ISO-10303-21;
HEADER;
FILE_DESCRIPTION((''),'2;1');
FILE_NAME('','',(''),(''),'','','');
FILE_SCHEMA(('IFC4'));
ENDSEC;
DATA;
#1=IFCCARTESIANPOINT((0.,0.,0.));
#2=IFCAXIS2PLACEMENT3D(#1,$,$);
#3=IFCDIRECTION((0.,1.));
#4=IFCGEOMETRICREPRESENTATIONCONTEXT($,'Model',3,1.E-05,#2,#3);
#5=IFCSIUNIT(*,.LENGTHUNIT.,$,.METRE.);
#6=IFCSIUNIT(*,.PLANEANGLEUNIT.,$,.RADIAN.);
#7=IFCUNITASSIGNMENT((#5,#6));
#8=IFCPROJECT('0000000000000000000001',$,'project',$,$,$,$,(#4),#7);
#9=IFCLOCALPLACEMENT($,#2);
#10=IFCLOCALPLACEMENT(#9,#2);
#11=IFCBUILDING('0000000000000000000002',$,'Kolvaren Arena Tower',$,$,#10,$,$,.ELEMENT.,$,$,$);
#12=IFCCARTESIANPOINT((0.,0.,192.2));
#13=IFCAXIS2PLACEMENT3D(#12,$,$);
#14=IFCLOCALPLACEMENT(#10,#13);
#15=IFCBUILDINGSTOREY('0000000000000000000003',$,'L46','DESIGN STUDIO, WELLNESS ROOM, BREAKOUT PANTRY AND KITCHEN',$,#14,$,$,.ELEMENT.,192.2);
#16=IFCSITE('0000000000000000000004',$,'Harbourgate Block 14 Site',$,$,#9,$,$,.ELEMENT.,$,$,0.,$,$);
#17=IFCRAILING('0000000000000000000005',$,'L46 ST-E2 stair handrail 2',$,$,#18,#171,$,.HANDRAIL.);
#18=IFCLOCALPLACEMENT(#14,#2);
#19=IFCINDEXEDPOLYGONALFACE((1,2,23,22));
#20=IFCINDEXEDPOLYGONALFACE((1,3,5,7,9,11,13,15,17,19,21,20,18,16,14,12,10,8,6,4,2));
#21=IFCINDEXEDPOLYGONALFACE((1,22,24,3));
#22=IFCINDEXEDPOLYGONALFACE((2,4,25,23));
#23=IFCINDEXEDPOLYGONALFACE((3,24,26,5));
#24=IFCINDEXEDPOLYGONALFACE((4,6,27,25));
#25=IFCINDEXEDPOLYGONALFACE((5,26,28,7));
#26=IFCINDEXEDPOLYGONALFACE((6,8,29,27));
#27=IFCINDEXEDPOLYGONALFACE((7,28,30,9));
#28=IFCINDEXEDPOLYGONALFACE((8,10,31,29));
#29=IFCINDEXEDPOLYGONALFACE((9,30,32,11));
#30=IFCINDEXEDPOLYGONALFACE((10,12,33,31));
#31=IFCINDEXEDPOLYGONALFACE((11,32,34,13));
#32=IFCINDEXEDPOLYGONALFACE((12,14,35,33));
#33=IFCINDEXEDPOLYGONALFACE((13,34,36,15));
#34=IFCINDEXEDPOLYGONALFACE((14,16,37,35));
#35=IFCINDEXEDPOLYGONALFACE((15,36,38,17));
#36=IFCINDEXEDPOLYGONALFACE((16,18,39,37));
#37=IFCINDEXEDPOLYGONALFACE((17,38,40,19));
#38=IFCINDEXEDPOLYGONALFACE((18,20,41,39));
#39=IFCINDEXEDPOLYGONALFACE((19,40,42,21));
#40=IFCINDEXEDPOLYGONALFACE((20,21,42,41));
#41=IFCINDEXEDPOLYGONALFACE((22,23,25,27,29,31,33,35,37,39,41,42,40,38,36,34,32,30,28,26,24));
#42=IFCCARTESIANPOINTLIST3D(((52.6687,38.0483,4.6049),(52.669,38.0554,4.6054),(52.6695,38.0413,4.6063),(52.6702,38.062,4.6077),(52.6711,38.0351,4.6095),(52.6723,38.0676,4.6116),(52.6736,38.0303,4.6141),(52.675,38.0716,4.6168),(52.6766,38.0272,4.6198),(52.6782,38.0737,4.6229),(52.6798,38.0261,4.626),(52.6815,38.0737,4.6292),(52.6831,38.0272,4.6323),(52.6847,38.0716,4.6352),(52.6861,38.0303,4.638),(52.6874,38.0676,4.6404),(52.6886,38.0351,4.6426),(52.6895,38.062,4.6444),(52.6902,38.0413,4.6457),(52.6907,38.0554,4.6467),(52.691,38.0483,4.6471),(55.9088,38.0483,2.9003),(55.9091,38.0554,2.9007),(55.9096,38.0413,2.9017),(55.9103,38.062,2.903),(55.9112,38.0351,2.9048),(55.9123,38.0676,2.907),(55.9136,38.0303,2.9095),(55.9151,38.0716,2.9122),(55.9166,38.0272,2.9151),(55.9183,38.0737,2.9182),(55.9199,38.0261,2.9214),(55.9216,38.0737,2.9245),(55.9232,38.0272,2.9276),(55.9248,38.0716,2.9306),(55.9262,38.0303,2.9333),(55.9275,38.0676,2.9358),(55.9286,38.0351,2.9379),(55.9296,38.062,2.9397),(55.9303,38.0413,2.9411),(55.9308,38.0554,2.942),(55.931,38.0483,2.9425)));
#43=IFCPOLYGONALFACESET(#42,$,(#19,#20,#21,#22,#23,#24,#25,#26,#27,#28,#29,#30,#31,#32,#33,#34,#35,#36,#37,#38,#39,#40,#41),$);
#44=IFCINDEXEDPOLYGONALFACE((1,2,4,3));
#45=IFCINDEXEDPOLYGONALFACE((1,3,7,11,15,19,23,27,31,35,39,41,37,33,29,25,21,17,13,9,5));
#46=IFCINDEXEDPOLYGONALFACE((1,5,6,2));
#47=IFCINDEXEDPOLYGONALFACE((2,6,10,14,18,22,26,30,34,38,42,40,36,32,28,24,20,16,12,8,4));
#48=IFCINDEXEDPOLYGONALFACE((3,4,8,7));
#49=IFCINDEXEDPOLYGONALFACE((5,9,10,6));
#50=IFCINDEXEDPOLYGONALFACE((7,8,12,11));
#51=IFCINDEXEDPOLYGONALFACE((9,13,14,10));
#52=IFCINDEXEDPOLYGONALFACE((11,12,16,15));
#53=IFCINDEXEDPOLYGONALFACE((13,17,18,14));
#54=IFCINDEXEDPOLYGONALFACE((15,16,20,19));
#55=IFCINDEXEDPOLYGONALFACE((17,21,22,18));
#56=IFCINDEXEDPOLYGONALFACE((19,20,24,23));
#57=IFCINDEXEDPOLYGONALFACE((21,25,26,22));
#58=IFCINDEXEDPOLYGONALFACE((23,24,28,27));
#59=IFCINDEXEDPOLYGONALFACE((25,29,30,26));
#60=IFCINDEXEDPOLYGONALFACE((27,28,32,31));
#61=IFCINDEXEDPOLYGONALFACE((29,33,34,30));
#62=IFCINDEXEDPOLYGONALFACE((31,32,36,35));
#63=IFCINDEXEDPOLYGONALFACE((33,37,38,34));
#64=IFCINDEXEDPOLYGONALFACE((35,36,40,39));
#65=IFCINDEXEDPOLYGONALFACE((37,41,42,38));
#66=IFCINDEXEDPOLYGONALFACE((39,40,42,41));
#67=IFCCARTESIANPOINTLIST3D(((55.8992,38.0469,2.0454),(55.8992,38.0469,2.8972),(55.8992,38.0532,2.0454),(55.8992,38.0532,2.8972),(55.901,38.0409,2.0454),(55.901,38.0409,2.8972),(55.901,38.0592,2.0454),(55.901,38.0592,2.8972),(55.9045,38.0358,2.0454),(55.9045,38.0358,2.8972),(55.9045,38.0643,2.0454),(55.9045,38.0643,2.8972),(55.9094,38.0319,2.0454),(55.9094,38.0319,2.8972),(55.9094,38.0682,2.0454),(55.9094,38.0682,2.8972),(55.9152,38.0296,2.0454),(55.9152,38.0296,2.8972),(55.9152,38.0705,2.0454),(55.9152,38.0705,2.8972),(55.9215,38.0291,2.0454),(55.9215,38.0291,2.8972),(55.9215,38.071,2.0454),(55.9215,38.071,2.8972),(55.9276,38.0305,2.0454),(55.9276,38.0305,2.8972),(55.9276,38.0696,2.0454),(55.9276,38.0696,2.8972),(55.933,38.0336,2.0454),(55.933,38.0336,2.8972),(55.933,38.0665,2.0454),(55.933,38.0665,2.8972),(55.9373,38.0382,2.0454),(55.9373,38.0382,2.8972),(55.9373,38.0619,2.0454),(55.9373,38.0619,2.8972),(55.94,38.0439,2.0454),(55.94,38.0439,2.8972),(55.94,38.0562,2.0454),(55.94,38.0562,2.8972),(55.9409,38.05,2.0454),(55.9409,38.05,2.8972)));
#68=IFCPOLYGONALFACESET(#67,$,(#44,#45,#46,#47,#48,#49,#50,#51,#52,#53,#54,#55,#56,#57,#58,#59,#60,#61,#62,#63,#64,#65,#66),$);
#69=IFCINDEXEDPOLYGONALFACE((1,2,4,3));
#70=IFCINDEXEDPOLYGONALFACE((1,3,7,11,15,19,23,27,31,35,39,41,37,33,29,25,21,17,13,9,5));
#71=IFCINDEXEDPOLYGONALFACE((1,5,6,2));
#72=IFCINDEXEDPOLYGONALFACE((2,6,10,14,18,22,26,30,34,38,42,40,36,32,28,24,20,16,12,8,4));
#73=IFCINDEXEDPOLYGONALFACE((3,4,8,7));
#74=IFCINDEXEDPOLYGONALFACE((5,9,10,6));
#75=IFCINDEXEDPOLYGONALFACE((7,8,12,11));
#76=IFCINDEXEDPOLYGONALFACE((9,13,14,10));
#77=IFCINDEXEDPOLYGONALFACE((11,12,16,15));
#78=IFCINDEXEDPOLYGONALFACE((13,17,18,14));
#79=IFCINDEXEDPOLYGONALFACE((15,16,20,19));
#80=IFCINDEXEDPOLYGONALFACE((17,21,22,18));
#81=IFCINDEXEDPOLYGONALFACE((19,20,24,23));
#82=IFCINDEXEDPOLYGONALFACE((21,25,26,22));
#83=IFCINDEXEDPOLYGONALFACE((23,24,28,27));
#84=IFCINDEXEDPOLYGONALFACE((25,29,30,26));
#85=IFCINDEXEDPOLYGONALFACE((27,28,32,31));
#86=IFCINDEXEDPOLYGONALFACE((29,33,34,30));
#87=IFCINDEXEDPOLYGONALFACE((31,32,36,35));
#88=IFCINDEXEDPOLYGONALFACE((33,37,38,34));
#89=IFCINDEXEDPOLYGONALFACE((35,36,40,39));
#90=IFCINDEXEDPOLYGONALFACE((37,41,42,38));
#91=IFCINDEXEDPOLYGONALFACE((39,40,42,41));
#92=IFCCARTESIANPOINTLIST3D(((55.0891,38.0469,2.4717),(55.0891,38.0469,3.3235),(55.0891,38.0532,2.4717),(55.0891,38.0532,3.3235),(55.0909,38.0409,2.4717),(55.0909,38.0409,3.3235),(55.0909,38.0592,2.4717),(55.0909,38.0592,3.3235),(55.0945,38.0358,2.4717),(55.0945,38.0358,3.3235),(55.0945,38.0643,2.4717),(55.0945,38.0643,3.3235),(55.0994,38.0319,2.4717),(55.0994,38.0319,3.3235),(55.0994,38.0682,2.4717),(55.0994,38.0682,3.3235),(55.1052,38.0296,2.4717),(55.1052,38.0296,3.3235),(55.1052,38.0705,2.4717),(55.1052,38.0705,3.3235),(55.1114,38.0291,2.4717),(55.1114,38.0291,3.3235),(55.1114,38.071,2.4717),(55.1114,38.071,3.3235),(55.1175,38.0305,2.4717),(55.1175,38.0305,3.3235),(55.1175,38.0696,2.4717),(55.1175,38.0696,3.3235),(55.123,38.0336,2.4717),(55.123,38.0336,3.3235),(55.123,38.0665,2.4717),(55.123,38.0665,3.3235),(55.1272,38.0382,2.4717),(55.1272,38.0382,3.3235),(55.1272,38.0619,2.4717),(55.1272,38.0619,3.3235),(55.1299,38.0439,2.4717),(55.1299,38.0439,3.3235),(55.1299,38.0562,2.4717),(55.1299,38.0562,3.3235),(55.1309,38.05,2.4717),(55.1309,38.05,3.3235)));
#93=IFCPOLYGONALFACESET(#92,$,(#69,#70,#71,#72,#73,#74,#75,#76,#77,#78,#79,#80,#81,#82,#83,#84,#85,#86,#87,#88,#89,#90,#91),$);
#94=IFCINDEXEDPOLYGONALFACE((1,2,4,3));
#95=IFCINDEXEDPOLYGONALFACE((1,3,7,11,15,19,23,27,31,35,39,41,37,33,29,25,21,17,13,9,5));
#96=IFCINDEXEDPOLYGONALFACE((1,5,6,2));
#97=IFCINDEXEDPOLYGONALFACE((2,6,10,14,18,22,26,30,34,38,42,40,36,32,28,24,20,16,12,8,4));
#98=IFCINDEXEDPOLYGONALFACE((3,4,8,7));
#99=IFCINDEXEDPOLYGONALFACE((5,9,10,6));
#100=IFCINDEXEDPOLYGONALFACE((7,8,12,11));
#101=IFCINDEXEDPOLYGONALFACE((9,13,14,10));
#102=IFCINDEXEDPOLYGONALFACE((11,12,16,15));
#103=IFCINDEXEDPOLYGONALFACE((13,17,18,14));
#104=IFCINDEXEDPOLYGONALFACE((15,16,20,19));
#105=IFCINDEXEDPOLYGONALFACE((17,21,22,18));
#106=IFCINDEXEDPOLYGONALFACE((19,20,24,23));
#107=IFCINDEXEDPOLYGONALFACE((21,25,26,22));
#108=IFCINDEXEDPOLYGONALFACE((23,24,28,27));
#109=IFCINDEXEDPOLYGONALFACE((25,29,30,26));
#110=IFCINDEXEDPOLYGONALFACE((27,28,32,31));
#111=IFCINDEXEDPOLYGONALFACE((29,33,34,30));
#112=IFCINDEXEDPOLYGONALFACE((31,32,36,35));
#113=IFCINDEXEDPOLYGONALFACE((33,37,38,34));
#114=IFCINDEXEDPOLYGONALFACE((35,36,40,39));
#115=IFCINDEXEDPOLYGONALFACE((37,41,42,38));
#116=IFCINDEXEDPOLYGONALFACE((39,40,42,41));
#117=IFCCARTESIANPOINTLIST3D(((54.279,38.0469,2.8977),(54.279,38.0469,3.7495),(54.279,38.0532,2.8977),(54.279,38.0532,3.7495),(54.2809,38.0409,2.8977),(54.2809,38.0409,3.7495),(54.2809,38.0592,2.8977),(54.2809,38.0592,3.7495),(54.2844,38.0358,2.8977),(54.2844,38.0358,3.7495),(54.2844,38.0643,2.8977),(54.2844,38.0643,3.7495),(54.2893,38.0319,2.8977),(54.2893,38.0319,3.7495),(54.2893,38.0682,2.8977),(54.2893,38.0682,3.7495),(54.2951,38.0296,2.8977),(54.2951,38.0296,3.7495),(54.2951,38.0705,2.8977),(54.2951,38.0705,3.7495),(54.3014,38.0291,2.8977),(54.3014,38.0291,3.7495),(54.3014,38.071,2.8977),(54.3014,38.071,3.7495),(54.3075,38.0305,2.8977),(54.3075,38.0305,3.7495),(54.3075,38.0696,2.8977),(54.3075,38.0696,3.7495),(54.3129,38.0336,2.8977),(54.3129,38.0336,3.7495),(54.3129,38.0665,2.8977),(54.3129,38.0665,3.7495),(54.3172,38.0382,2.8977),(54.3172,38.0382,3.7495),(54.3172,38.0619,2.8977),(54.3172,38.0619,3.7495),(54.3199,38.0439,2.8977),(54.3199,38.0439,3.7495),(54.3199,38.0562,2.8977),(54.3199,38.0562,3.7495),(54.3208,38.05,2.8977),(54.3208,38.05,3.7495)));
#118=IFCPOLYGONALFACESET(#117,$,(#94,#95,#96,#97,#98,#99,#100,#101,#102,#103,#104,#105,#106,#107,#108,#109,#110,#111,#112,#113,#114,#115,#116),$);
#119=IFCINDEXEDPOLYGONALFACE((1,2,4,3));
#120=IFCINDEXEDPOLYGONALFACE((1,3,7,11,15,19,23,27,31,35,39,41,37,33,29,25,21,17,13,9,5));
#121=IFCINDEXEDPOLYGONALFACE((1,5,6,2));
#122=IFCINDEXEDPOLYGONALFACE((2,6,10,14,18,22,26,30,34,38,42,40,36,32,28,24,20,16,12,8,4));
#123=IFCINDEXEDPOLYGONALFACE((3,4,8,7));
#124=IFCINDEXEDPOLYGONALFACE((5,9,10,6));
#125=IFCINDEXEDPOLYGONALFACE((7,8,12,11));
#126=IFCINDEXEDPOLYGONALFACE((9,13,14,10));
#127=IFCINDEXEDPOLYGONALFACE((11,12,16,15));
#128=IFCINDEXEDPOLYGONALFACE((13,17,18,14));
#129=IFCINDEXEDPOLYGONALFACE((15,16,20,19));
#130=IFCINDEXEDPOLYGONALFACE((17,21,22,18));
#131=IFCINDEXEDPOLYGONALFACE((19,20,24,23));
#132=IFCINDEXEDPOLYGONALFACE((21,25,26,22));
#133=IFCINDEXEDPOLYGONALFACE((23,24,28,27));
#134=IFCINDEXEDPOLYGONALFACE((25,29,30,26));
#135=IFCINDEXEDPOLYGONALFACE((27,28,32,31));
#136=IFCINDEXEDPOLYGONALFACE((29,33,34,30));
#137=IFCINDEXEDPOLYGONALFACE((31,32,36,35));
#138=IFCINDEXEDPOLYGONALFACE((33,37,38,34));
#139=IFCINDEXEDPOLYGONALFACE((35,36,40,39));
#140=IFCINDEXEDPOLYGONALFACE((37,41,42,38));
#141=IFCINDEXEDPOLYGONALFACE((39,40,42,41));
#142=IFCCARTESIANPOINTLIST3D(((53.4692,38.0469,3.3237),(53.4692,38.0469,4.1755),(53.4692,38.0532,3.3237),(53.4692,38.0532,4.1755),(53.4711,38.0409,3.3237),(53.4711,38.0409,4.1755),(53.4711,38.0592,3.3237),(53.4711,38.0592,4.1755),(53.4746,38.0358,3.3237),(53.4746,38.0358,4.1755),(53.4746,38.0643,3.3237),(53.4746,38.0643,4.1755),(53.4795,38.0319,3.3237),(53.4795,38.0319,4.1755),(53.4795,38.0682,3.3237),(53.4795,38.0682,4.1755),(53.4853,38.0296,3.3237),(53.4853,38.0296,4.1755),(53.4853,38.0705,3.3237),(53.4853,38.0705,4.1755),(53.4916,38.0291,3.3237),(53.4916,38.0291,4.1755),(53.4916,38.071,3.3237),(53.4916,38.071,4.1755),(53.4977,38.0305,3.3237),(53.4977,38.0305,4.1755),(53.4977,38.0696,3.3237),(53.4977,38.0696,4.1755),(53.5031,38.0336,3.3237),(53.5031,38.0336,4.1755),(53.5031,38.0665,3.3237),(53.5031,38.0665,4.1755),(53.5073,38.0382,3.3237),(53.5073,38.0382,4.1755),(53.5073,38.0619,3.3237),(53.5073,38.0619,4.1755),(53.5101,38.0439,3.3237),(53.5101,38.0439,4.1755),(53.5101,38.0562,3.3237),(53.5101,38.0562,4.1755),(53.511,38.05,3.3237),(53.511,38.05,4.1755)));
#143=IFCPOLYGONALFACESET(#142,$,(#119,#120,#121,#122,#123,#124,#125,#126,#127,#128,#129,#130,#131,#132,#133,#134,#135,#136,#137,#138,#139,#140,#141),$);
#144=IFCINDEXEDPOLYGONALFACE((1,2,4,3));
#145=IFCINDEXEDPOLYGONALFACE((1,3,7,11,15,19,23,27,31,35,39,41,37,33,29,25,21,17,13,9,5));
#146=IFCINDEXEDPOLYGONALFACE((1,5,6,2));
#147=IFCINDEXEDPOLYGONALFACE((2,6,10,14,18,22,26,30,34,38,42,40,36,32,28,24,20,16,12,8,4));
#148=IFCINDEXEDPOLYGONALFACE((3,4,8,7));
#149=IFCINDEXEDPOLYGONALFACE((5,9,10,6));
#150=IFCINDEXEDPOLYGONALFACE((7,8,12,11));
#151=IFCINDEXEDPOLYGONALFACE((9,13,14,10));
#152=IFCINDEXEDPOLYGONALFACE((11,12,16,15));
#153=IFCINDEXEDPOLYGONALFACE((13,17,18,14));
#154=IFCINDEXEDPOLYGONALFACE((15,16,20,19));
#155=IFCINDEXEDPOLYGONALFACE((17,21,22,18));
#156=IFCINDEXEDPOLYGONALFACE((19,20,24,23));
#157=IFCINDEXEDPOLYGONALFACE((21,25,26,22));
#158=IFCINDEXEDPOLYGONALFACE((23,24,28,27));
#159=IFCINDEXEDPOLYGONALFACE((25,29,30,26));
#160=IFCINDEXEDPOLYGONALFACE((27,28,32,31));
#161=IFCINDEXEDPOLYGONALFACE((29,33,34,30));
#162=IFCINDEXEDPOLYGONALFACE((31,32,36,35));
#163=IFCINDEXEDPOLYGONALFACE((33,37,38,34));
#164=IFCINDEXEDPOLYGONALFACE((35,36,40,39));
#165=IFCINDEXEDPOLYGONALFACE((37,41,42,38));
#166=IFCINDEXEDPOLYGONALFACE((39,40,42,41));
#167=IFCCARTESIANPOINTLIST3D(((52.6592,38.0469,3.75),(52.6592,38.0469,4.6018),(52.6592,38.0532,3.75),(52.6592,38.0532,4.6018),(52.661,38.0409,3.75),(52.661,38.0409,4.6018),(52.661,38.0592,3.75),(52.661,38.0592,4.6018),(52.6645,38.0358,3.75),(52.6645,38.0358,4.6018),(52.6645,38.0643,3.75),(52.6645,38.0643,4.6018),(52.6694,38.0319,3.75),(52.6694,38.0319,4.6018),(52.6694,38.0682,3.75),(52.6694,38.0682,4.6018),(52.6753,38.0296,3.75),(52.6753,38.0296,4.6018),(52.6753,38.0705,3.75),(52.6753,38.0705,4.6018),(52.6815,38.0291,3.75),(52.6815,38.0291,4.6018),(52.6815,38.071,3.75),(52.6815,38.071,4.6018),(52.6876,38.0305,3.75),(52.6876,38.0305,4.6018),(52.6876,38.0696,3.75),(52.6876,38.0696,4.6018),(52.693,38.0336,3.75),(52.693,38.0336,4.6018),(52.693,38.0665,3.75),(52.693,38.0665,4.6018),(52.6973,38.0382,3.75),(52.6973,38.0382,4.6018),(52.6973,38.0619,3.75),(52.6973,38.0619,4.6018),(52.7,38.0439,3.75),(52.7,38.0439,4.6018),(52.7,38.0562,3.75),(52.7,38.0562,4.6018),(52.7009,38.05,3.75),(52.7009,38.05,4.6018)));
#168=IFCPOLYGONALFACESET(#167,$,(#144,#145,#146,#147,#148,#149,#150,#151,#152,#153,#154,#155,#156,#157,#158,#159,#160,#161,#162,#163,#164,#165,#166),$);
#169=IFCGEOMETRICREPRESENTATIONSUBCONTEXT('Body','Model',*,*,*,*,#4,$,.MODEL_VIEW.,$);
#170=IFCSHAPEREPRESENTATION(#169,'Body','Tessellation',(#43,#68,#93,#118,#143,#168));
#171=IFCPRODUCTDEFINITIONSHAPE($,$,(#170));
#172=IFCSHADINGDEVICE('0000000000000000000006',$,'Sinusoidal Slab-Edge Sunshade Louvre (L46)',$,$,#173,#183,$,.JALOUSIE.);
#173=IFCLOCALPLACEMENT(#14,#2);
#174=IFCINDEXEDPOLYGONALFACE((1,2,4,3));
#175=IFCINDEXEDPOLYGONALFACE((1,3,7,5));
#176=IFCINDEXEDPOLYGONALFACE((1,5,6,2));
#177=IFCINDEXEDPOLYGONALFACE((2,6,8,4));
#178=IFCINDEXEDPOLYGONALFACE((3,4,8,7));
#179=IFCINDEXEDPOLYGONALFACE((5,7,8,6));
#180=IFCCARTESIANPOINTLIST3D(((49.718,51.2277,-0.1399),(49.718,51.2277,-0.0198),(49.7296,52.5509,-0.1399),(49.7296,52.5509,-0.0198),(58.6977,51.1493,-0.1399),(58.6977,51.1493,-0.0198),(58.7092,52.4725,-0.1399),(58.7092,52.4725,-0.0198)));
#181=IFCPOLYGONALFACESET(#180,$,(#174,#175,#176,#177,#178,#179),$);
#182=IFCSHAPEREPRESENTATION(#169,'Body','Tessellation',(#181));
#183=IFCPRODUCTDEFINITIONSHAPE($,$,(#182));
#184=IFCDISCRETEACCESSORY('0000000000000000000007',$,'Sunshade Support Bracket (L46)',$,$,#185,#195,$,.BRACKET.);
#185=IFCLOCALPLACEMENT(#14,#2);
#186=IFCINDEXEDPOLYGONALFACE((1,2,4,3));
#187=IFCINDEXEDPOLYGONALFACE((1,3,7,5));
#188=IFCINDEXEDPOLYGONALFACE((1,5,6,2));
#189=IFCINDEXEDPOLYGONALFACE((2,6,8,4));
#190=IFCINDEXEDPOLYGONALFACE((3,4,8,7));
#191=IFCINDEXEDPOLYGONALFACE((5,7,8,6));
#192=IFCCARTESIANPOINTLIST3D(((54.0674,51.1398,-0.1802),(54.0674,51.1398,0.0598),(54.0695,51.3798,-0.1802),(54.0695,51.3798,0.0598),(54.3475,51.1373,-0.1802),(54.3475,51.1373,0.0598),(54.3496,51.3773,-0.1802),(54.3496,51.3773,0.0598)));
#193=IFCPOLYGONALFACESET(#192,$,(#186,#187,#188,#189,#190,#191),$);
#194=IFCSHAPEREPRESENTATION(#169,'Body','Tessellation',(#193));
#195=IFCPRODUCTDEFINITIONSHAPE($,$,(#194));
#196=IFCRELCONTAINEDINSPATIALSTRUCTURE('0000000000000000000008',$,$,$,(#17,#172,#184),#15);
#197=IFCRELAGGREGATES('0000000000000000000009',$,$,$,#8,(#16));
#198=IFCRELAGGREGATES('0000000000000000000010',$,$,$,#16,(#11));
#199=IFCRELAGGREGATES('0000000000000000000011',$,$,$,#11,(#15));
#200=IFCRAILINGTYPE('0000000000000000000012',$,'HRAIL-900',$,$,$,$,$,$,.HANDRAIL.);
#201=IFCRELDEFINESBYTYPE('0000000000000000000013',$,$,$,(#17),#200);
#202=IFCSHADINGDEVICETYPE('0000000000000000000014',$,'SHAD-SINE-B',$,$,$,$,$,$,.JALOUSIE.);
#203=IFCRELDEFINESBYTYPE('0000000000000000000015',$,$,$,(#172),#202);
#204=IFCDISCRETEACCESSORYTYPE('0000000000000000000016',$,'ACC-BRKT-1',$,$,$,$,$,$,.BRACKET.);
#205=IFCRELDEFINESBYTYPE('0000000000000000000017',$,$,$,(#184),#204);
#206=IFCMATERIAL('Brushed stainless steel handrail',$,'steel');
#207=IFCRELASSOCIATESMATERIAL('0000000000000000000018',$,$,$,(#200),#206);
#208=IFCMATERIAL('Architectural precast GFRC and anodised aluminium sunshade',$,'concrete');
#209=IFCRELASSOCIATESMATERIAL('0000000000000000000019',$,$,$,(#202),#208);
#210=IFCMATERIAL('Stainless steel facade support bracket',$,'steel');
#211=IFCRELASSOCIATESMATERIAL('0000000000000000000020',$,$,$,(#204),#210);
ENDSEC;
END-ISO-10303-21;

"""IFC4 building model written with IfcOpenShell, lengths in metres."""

from ifc_helpers import new_model, si_unit, direction, frame, origin, origin_2d, place, context, subcontext, project, spatial, rectangle, circle, extrude, material, type_object, element, save


model = new_model("IFC4")

# Units and contexts
model_context = context("Model", 3, precision=1e-05, world=origin(), true_north=direction((0.0, 1.0)))
body_context = subcontext(model_context, "Body", "Model", "MODEL_VIEW")
ifc_project = project(units=[si_unit("LENGTHUNIT", "METRE"), si_unit("PLANEANGLEUNIT", "RADIAN")], contexts=[model_context])

# Site, building, storey
site_placement = place(None, origin())
site = spatial("IfcSite", under=ifc_project, at=site_placement, Name="Harbourgate Block 14 Site", CompositionType="ELEMENT", RefElevation=0.0)
building_placement = place(site_placement, origin())
building = spatial("IfcBuilding", under=site, at=building_placement, Name="Kolvaren Arena Tower", CompositionType="ELEMENT")
storey_placement = place(building_placement, frame((0.0, 0.0, 192.2)))
storey = spatial("IfcBuildingStorey", under=building, at=storey_placement, Name="L46", Description="DESIGN STUDIO, WELLNESS ROOM, BREAKOUT PANTRY AND KITCHEN", CompositionType="ELEMENT", Elevation=192.2)

# Railing
ifc_material_1 = material(Name="Brushed stainless steel handrail", Category="steel")
railing_type = type_object("IfcRailingType", Name="HRAIL-900", PredefinedType="HANDRAIL", material=ifc_material_1)
railing_placement = place(storey_placement, frame((55.9199, 38.05, 2.0454)))
element("IfcRailing", 1, at=railing_placement, inside=storey, type_object=railing_type, Name="L46 ST-E2 stair handrail 2", PredefinedType="HANDRAIL", context=body_context, shape_type="SweptSolid", body=[
    extrude(circle(Radius=0.0239, at=origin_2d()), frame((0.0, 0.0, 0.876), z_axis=(-0.884993, 0.0, 0.465604), x_axis=(0.0, -1.0, 0.0)), (0.0, 0.0, 1.0), 3.6611),
    extrude(circle(Radius=0.021, at=origin_2d()), origin(), (0.0, 0.0, 1.0), 0.8518),
    extrude(circle(Radius=0.021, at=origin_2d()), frame((-0.8101, 0.0, 0.4263)), (0.0, 0.0, 1.0), 0.8518),
    extrude(circle(Radius=0.021, at=origin_2d()), frame((-1.6201, 0.0, 0.8523)), (0.0, 0.0, 1.0), 0.8518),
    extrude(circle(Radius=0.021, at=origin_2d()), frame((-2.4299, 0.0, 1.2783)), (0.0, 0.0, 1.0), 0.8518),
    extrude(circle(Radius=0.021, at=origin_2d()), frame((-3.24, 0.0, 1.7046)), (0.0, 0.0, 1.0), 0.8518),
])

# Shading device
ifc_material_2 = material(Name="Architectural precast GFRC and anodised aluminium sunshade", Category="concrete")
shading_device_type = type_object("IfcShadingDeviceType", Name="SHAD-SINE-B", PredefinedType="JALOUSIE", material=ifc_material_2)
shading_device_placement = place(storey_placement, frame((54.2136, 51.8501, -0.1399), z_axis=(0.0, 0.0, 1.0), x_axis=(0.999962, -0.008727, 0.0)))
element("IfcShadingDevice", 2, at=shading_device_placement, inside=storey, type_object=shading_device_type, Name="Sinusoidal Slab-Edge Sunshade Louvre (L46)", PredefinedType="JALOUSIE", context=body_context, shape_type="SweptSolid", body=[
    extrude(rectangle(XDim=8.98, YDim=1.3232, at=origin_2d()), origin(), (0.0, 0.0, 1.0), 0.1201),
])

# Discrete accessory
ifc_material_3 = material(Name="Stainless steel facade support bracket", Category="steel")
discrete_accessory_type = type_object("IfcDiscreteAccessoryType", Name="ACC-BRKT-1", PredefinedType="BRACKET", material=ifc_material_3)
discrete_accessory_placement = place(storey_placement, frame((54.2085, 51.2585, -0.1802), z_axis=(0.0, 0.0, 1.0), x_axis=(0.999962, -0.008727, 0.0)))
element("IfcDiscreteAccessory", 3, at=discrete_accessory_placement, inside=storey, type_object=discrete_accessory_type, Name="Sunshade Support Bracket (L46)", PredefinedType="BRACKET", context=body_context, shape_type="SweptSolid", body=[
    extrude(rectangle(XDim=0.28, YDim=0.24, at=origin_2d()), origin(), (0.0, 0.0, 1.0), 0.24),
])

save(model, "model.ifc")
